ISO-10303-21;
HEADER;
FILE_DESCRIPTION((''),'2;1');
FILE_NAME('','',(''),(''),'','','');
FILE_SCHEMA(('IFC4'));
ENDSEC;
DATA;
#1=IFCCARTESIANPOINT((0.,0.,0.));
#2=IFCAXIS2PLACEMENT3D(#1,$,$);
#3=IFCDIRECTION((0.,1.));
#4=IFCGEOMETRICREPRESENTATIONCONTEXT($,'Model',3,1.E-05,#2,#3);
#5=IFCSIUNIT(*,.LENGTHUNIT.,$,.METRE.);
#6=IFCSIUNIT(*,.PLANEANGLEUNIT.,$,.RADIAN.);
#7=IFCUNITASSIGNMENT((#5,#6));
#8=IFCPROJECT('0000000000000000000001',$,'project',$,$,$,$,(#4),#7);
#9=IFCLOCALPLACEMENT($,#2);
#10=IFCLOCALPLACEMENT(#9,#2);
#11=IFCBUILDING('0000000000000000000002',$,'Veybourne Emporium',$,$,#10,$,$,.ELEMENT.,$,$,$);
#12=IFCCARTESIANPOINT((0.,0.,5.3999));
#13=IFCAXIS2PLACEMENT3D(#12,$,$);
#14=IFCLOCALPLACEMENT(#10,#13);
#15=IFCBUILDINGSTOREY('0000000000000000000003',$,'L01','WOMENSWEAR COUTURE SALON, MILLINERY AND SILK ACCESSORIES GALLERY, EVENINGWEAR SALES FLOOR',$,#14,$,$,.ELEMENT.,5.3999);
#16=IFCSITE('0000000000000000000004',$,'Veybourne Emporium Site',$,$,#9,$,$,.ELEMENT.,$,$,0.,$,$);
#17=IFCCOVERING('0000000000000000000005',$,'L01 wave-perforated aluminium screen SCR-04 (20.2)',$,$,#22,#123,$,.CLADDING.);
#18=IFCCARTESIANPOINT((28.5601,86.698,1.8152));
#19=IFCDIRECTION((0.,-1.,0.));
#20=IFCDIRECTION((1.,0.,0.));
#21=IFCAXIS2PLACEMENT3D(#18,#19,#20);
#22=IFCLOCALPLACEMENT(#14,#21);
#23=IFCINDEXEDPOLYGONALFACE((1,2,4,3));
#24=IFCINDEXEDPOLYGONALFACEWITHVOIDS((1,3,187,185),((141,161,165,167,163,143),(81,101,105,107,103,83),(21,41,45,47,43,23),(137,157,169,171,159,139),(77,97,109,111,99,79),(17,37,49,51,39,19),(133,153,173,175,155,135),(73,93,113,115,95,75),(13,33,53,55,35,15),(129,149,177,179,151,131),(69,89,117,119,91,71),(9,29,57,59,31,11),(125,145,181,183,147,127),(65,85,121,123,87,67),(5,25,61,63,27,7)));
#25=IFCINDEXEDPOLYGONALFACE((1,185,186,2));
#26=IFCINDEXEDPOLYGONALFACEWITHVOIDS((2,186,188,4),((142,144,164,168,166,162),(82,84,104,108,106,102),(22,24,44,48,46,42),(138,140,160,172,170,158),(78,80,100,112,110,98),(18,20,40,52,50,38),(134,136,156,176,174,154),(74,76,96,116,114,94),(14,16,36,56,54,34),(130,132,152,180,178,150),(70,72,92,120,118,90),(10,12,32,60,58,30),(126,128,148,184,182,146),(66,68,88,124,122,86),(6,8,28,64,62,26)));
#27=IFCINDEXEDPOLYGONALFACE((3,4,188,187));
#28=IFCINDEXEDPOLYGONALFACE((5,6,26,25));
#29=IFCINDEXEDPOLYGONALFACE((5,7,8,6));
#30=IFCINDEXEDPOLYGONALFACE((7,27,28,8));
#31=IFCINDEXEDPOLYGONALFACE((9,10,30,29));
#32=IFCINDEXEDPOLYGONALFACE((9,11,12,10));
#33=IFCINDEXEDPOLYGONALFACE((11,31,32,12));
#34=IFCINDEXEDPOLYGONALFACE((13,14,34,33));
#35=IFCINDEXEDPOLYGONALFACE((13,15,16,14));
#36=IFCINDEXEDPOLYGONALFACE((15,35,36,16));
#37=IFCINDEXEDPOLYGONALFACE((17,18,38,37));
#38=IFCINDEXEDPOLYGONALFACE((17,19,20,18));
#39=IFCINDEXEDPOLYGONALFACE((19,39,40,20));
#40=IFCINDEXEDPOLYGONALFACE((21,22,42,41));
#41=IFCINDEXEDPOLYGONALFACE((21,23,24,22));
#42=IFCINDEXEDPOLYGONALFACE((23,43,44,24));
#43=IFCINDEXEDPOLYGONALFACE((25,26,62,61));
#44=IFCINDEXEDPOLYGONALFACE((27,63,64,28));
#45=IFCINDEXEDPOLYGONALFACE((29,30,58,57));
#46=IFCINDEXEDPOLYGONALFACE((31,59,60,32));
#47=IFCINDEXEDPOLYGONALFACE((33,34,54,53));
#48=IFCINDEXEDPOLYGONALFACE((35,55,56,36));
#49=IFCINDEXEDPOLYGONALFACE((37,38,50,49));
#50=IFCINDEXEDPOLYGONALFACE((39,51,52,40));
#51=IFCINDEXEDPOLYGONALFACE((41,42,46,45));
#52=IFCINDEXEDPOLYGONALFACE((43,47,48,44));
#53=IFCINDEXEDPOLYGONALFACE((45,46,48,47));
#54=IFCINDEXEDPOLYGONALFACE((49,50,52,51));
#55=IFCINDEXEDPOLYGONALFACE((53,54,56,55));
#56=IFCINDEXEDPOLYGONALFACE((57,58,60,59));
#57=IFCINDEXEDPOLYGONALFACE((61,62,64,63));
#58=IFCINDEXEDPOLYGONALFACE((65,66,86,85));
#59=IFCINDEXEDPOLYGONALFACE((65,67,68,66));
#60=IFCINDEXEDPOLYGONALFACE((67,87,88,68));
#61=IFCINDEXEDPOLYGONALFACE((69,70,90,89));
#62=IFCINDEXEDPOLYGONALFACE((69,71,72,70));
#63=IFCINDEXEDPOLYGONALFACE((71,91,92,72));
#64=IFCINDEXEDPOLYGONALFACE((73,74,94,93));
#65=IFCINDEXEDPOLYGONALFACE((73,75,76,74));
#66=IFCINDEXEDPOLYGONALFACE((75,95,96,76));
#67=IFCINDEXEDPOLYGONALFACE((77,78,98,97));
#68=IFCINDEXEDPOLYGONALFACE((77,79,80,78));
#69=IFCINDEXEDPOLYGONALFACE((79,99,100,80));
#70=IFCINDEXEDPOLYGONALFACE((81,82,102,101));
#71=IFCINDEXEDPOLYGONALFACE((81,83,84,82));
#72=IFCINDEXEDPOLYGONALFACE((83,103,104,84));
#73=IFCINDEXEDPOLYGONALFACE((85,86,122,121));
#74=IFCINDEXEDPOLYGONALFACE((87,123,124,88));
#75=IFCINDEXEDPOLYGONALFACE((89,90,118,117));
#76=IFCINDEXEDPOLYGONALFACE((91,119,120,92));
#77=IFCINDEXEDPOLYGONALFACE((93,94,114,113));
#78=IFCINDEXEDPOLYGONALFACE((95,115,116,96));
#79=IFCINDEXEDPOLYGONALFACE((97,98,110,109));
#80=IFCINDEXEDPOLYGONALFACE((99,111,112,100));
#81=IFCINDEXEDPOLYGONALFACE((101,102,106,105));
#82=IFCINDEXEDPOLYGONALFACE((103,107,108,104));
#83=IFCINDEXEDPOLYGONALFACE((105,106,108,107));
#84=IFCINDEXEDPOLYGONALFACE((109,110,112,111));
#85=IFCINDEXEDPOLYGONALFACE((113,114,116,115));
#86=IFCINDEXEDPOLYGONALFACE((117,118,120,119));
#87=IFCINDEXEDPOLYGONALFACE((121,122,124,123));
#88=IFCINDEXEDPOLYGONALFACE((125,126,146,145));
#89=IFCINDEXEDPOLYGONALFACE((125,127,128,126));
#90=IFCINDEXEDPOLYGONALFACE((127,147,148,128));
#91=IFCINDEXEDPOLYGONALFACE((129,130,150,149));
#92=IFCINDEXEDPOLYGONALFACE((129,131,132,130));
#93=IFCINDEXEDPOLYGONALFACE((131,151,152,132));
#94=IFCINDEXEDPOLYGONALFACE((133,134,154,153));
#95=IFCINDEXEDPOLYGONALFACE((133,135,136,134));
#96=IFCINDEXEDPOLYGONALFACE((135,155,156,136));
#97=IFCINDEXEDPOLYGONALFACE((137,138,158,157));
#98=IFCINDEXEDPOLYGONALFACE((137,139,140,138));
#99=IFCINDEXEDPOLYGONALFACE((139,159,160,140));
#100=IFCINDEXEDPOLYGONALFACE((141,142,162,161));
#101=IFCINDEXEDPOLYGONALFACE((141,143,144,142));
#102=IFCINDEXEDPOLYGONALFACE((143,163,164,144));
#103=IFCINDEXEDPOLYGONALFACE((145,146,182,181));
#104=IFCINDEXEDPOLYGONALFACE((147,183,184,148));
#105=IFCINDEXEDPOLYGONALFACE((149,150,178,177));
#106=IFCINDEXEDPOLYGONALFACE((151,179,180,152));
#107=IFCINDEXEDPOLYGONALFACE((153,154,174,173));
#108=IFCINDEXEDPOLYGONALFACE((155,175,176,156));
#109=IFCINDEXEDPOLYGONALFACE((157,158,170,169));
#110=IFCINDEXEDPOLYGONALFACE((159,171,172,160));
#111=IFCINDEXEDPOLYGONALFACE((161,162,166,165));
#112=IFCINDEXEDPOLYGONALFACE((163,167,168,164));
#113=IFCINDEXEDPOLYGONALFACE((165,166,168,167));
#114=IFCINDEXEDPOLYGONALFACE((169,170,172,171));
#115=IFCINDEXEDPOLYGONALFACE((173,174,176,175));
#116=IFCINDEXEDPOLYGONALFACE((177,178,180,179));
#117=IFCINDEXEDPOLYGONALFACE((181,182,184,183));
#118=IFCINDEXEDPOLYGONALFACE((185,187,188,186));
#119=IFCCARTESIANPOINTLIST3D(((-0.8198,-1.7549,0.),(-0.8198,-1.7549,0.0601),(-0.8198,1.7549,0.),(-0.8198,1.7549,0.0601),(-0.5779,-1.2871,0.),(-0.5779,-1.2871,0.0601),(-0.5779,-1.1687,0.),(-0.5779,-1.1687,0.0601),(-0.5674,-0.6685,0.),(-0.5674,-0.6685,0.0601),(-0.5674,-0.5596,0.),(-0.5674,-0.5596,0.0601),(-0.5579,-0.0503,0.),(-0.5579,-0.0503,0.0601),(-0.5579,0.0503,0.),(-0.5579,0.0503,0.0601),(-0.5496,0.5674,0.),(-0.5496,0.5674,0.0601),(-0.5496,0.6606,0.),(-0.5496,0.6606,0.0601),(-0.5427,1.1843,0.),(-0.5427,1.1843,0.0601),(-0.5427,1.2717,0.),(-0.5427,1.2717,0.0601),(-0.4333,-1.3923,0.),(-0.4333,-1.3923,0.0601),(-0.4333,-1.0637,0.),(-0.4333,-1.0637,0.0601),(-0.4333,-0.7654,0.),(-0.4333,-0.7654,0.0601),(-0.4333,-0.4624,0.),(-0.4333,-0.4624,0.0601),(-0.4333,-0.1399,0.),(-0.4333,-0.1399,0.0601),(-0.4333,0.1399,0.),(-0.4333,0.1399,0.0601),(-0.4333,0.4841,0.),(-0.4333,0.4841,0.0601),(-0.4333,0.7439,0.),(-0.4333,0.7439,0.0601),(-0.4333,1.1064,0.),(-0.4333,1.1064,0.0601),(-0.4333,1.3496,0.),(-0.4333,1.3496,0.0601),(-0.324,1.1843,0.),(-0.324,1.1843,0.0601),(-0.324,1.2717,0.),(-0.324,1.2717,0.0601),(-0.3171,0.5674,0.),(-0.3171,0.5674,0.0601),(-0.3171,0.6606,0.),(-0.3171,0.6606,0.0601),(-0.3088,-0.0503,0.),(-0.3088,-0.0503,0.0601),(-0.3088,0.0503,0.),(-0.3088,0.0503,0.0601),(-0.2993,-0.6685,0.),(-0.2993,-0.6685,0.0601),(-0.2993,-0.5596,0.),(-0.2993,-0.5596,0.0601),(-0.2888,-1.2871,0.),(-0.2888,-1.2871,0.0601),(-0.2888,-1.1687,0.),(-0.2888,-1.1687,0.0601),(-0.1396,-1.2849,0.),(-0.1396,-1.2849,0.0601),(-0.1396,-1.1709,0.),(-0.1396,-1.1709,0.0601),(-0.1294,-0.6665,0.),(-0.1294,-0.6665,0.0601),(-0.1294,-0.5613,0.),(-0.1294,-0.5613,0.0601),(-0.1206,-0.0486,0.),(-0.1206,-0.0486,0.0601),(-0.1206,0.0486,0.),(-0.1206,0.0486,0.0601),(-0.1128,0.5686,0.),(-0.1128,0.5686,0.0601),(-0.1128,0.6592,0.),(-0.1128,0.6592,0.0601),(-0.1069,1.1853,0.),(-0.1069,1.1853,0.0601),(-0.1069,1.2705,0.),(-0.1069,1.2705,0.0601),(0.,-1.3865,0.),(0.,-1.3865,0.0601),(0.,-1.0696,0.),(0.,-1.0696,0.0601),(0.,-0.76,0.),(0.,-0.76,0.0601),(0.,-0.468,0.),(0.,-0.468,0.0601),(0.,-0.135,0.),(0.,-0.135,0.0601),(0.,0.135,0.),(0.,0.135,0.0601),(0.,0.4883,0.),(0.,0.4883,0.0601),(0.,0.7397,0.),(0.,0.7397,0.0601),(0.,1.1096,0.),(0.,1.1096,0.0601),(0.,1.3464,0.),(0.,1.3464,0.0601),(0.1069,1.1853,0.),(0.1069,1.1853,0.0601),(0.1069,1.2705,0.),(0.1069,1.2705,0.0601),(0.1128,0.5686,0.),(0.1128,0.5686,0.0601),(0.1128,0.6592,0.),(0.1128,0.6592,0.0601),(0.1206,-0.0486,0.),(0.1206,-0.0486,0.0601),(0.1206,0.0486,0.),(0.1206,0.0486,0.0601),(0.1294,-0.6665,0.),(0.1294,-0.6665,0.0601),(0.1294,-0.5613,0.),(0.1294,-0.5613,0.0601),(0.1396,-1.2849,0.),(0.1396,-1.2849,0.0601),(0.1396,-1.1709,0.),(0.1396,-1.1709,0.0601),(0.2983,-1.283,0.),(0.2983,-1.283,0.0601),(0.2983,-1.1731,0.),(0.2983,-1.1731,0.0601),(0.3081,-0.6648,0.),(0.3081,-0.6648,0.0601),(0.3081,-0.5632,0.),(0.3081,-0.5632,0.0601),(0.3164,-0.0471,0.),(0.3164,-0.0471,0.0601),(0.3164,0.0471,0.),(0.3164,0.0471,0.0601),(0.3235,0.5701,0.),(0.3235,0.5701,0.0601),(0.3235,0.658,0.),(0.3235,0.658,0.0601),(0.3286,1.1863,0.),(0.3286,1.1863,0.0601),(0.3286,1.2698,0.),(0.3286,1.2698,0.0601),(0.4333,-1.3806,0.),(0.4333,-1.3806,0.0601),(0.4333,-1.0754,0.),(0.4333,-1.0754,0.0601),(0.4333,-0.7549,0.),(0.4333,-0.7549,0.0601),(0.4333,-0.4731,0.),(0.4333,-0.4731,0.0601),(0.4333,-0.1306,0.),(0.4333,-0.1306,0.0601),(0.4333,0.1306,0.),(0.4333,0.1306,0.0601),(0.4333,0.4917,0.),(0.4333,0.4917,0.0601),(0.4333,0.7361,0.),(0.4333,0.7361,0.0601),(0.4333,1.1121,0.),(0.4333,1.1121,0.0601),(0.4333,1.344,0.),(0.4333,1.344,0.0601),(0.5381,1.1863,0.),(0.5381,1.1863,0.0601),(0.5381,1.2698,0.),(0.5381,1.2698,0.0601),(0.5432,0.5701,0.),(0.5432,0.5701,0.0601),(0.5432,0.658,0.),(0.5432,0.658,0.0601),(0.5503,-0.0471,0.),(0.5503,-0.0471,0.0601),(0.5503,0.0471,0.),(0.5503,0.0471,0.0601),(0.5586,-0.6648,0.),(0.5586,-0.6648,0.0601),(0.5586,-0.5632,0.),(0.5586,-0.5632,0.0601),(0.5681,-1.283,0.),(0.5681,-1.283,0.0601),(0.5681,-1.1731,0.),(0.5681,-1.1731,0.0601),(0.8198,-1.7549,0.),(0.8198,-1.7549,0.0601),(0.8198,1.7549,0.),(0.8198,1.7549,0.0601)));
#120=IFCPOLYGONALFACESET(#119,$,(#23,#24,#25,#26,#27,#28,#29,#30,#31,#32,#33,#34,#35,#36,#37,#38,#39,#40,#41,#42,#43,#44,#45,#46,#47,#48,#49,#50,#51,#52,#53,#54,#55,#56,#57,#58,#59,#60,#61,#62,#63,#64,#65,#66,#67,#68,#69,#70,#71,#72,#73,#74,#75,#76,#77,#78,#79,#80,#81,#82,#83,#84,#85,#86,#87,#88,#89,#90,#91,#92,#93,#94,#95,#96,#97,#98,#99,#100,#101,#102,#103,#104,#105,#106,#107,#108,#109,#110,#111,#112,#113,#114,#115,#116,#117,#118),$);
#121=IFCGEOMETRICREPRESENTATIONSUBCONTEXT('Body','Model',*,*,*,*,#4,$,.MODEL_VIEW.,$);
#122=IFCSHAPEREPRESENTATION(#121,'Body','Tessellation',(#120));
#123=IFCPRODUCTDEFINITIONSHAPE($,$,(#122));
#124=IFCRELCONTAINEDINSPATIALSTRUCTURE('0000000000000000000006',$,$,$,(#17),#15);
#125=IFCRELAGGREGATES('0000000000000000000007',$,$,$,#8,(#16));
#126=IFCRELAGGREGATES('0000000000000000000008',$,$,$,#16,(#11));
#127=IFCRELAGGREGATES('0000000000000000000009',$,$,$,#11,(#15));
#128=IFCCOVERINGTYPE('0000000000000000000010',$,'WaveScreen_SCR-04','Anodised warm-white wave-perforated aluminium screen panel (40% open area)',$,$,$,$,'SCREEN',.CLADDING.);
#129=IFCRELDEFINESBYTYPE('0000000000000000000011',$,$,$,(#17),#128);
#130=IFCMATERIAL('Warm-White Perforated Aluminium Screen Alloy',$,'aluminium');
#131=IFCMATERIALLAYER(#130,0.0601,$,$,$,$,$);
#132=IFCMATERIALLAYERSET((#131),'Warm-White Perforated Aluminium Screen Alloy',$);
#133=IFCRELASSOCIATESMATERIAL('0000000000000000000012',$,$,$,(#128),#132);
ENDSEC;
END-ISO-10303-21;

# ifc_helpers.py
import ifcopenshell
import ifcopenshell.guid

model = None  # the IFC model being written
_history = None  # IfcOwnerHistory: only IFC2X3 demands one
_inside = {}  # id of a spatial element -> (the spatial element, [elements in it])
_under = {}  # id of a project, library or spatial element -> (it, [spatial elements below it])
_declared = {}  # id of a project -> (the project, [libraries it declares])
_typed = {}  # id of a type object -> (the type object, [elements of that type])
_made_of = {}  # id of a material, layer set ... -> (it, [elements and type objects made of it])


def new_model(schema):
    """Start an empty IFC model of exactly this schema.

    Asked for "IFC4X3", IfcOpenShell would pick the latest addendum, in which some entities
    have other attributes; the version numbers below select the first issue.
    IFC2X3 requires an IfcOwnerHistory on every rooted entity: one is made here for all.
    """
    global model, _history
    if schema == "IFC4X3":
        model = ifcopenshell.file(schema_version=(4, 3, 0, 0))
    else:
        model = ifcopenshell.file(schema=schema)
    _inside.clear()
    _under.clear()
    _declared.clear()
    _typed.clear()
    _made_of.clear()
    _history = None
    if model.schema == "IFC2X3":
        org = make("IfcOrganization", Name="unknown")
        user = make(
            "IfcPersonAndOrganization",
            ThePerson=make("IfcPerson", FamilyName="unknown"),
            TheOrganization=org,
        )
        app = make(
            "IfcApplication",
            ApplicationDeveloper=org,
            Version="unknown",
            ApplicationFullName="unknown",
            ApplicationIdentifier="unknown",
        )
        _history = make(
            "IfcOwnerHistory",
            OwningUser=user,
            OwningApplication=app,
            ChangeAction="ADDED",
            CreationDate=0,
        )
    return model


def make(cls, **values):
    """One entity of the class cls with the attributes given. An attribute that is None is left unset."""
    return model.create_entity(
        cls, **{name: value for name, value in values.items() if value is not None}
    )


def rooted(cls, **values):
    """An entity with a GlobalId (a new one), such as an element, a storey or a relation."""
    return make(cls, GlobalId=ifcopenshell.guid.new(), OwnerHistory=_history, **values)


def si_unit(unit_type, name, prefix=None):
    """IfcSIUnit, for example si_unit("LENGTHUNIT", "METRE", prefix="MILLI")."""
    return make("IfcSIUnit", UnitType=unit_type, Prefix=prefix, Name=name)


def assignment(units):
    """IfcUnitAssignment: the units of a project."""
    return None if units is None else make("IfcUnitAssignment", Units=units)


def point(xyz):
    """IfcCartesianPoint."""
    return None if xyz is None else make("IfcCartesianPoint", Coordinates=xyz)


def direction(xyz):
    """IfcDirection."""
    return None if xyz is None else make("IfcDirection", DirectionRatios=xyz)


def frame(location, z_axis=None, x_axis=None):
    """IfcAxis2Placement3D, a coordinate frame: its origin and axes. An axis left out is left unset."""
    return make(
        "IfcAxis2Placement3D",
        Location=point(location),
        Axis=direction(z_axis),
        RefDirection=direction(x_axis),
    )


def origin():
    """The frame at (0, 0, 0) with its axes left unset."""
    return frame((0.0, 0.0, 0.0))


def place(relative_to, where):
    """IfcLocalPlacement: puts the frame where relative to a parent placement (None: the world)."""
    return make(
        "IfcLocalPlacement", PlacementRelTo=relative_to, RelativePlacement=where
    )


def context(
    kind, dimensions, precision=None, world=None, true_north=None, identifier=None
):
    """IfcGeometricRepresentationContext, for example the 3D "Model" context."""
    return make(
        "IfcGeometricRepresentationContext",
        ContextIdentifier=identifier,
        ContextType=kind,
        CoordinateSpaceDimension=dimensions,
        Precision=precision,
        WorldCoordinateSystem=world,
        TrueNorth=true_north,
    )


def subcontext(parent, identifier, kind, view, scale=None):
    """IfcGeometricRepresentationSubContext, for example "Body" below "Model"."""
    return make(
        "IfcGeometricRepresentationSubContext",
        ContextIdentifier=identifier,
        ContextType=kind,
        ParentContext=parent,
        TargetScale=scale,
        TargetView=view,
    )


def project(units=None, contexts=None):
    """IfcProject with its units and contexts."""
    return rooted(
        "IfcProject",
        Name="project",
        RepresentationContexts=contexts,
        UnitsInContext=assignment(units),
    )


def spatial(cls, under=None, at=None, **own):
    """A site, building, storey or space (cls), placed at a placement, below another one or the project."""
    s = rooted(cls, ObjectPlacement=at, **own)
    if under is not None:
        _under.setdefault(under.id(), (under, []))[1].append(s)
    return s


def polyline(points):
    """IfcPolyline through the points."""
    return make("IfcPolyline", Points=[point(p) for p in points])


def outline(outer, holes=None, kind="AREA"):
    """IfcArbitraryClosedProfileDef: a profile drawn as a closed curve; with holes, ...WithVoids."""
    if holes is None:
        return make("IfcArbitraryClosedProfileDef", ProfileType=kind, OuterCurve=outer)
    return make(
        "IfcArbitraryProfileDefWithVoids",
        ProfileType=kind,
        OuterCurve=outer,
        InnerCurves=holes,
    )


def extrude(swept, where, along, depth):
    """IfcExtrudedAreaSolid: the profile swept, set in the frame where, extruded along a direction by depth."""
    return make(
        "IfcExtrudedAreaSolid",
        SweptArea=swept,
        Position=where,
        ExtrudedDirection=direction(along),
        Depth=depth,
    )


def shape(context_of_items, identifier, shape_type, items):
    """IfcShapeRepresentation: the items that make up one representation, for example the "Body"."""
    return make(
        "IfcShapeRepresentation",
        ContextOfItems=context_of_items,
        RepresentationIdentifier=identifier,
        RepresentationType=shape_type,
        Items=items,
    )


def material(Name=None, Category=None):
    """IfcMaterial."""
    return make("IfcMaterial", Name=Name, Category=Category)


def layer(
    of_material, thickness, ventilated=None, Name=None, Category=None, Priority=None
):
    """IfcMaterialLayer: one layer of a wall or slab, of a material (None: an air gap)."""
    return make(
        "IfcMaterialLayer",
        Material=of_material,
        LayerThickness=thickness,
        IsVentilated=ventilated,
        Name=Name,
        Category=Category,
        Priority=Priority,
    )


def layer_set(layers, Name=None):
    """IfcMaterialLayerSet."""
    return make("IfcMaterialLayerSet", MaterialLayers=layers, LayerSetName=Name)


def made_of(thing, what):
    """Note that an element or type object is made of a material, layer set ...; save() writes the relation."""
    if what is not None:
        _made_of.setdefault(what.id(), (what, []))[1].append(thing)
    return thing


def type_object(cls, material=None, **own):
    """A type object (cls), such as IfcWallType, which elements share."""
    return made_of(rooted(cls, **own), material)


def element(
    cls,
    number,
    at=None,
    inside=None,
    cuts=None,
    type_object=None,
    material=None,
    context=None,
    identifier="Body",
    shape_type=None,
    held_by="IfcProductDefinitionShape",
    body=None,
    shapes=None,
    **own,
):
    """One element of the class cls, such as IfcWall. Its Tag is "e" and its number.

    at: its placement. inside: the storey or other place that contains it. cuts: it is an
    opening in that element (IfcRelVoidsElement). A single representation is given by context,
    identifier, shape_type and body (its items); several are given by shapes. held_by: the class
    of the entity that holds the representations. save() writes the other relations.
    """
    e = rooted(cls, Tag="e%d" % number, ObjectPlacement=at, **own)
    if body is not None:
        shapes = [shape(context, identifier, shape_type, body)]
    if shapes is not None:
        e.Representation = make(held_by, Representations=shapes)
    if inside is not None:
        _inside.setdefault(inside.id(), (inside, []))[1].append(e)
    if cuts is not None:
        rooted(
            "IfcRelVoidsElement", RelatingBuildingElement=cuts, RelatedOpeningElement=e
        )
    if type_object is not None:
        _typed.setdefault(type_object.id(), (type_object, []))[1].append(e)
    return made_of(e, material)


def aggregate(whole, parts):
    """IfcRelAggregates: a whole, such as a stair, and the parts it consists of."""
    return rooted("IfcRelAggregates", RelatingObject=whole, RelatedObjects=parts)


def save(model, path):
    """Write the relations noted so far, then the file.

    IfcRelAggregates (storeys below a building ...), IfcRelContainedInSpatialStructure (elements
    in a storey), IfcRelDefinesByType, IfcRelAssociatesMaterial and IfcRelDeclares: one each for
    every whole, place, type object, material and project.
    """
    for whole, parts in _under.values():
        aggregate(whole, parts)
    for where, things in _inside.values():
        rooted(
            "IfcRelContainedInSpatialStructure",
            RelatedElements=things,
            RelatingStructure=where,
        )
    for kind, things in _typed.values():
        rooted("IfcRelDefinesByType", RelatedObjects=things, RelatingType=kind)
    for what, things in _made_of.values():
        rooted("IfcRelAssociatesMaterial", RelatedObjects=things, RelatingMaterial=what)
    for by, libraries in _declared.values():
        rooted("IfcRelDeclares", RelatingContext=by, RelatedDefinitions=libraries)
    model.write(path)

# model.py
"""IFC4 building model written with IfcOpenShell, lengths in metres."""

from ifc_helpers import new_model, si_unit, direction, frame, origin, place, context, subcontext, project, spatial, polyline, outline, extrude, material, layer, layer_set, type_object, element, save


model = new_model("IFC4")

# Units and contexts
model_context = context("Model", 3, precision=1e-05, world=origin(), true_north=direction((0.0, 1.0)))
body_context = subcontext(model_context, "Body", "Model", "MODEL_VIEW")
ifc_project = project(units=[si_unit("LENGTHUNIT", "METRE"), si_unit("PLANEANGLEUNIT", "RADIAN")], contexts=[model_context])

# Site, building, storey
site_placement = place(None, origin())
site = spatial("IfcSite", under=ifc_project, at=site_placement, Name="Veybourne Emporium Site", CompositionType="ELEMENT", RefElevation=0.0)
building_placement = place(site_placement, origin())
building = spatial("IfcBuilding", under=site, at=building_placement, Name="Veybourne Emporium", CompositionType="ELEMENT")
storey_placement = place(building_placement, frame((0.0, 0.0, 5.3999)))
storey = spatial("IfcBuildingStorey", under=building, at=storey_placement, Name="L01", Description="WOMENSWEAR COUTURE SALON, MILLINERY AND SILK ACCESSORIES GALLERY, EVENINGWEAR SALES FLOOR", CompositionType="ELEMENT", Elevation=5.3999)

# Covering
ifc_material_1 = material(Name="Warm-White Perforated Aluminium Screen Alloy", Category="aluminium")
ifc_layer_1 = layer(ifc_material_1, 0.0601)
ifc_layer_set_1 = layer_set([ifc_layer_1], Name="Warm-White Perforated Aluminium Screen Alloy")
covering_type_1 = type_object("IfcCoveringType", Name="WaveScreen_SCR-04", Description="Anodised warm-white wave-perforated aluminium screen panel (40% open area)", ElementType="SCREEN", PredefinedType="CLADDING", material=ifc_layer_set_1)
covering_1_placement = place(storey_placement, frame((28.5601, 86.698, 1.8152), z_axis=(0.0, -1.0, 0.0), x_axis=(1.0, 0.0, 0.0)))
element("IfcCovering", 1, at=covering_1_placement, inside=storey, type_object=covering_type_1, Name="L01 wave-perforated aluminium screen SCR-04 (20.2)", PredefinedType="CLADDING", context=body_context, shape_type="SweptSolid", body=[
    extrude(outline(polyline([(-0.8198, -1.7549), (0.8198, -1.7549), (0.8198, 1.7549), (-0.8198, 1.7549), (-0.8198, -1.7549)]), holes=[polyline([(-0.4333, -1.0637), (-0.2888, -1.1687), (-0.2888, -1.2871), (-0.4333, -1.3923), (-0.5779, -1.2871), (-0.5779, -1.1687), (-0.4333, -1.0637)]), polyline([(-0.4333, -0.4624), (-0.2993, -0.5596), (-0.2993, -0.6685), (-0.4333, -0.7654), (-0.5674, -0.6685), (-0.5674, -0.5596), (-0.4333, -0.4624)]), polyline([(-0.4333, 0.1399), (-0.3088, 0.0503), (-0.3088, -0.0503), (-0.4333, -0.1399), (-0.5579, -0.0503), (-0.5579, 0.0503), (-0.4333, 0.1399)]), polyline([(-0.4333, 0.7439), (-0.3171, 0.6606), (-0.3171, 0.5674), (-0.4333, 0.4841), (-0.5496, 0.5674), (-0.5496, 0.6606), (-0.4333, 0.7439)]), polyline([(-0.4333, 1.3496), (-0.324, 1.2717), (-0.324, 1.1843), (-0.4333, 1.1064), (-0.5427, 1.1843), (-0.5427, 1.2717), (-0.4333, 1.3496)]), polyline([(0.0, -1.0696), (0.1396, -1.1709), (0.1396, -1.2849), (0.0, -1.3865), (-0.1396, -1.2849), (-0.1396, -1.1709), (0.0, -1.0696)]), polyline([(0.0, -0.468), (0.1294, -0.5613), (0.1294, -0.6665), (0.0, -0.76), (-0.1294, -0.6665), (-0.1294, -0.5613), (0.0, -0.468)]), polyline([(0.0, 0.135), (0.1206, 0.0486), (0.1206, -0.0486), (0.0, -0.135), (-0.1206, -0.0486), (-0.1206, 0.0486), (0.0, 0.135)]), polyline([(0.0, 0.7397), (0.1128, 0.6592), (0.1128, 0.5686), (0.0, 0.4883), (-0.1128, 0.5686), (-0.1128, 0.6592), (0.0, 0.7397)]), polyline([(0.0, 1.3464), (0.1069, 1.2705), (0.1069, 1.1853), (0.0, 1.1096), (-0.1069, 1.1853), (-0.1069, 1.2705), (0.0, 1.3464)]), polyline([(0.4333, -1.0754), (0.5681, -1.1731), (0.5681, -1.283), (0.4333, -1.3806), (0.2983, -1.283), (0.2983, -1.1731), (0.4333, -1.0754)]), polyline([(0.4333, -0.4731), (0.5586, -0.5632), (0.5586, -0.6648), (0.4333, -0.7549), (0.3081, -0.6648), (0.3081, -0.5632), (0.4333, -0.4731)]), polyline([(0.4333, 0.1306), (0.5503, 0.0471), (0.5503, -0.0471), (0.4333, -0.1306), (0.3164, -0.0471), (0.3164, 0.0471), (0.4333, 0.1306)]), polyline([(0.4333, 0.7361), (0.5432, 0.658), (0.5432, 0.5701), (0.4333, 0.4917), (0.3235, 0.5701), (0.3235, 0.658), (0.4333, 0.7361)]), polyline([(0.4333, 1.344), (0.5381, 1.2698), (0.5381, 1.1863), (0.4333, 1.1121), (0.3286, 1.1863), (0.3286, 1.2698), (0.4333, 1.344)])]), origin(), (0.0, 0.0, 1.0), 0.0601),
])

save(model, "model.ifc")
